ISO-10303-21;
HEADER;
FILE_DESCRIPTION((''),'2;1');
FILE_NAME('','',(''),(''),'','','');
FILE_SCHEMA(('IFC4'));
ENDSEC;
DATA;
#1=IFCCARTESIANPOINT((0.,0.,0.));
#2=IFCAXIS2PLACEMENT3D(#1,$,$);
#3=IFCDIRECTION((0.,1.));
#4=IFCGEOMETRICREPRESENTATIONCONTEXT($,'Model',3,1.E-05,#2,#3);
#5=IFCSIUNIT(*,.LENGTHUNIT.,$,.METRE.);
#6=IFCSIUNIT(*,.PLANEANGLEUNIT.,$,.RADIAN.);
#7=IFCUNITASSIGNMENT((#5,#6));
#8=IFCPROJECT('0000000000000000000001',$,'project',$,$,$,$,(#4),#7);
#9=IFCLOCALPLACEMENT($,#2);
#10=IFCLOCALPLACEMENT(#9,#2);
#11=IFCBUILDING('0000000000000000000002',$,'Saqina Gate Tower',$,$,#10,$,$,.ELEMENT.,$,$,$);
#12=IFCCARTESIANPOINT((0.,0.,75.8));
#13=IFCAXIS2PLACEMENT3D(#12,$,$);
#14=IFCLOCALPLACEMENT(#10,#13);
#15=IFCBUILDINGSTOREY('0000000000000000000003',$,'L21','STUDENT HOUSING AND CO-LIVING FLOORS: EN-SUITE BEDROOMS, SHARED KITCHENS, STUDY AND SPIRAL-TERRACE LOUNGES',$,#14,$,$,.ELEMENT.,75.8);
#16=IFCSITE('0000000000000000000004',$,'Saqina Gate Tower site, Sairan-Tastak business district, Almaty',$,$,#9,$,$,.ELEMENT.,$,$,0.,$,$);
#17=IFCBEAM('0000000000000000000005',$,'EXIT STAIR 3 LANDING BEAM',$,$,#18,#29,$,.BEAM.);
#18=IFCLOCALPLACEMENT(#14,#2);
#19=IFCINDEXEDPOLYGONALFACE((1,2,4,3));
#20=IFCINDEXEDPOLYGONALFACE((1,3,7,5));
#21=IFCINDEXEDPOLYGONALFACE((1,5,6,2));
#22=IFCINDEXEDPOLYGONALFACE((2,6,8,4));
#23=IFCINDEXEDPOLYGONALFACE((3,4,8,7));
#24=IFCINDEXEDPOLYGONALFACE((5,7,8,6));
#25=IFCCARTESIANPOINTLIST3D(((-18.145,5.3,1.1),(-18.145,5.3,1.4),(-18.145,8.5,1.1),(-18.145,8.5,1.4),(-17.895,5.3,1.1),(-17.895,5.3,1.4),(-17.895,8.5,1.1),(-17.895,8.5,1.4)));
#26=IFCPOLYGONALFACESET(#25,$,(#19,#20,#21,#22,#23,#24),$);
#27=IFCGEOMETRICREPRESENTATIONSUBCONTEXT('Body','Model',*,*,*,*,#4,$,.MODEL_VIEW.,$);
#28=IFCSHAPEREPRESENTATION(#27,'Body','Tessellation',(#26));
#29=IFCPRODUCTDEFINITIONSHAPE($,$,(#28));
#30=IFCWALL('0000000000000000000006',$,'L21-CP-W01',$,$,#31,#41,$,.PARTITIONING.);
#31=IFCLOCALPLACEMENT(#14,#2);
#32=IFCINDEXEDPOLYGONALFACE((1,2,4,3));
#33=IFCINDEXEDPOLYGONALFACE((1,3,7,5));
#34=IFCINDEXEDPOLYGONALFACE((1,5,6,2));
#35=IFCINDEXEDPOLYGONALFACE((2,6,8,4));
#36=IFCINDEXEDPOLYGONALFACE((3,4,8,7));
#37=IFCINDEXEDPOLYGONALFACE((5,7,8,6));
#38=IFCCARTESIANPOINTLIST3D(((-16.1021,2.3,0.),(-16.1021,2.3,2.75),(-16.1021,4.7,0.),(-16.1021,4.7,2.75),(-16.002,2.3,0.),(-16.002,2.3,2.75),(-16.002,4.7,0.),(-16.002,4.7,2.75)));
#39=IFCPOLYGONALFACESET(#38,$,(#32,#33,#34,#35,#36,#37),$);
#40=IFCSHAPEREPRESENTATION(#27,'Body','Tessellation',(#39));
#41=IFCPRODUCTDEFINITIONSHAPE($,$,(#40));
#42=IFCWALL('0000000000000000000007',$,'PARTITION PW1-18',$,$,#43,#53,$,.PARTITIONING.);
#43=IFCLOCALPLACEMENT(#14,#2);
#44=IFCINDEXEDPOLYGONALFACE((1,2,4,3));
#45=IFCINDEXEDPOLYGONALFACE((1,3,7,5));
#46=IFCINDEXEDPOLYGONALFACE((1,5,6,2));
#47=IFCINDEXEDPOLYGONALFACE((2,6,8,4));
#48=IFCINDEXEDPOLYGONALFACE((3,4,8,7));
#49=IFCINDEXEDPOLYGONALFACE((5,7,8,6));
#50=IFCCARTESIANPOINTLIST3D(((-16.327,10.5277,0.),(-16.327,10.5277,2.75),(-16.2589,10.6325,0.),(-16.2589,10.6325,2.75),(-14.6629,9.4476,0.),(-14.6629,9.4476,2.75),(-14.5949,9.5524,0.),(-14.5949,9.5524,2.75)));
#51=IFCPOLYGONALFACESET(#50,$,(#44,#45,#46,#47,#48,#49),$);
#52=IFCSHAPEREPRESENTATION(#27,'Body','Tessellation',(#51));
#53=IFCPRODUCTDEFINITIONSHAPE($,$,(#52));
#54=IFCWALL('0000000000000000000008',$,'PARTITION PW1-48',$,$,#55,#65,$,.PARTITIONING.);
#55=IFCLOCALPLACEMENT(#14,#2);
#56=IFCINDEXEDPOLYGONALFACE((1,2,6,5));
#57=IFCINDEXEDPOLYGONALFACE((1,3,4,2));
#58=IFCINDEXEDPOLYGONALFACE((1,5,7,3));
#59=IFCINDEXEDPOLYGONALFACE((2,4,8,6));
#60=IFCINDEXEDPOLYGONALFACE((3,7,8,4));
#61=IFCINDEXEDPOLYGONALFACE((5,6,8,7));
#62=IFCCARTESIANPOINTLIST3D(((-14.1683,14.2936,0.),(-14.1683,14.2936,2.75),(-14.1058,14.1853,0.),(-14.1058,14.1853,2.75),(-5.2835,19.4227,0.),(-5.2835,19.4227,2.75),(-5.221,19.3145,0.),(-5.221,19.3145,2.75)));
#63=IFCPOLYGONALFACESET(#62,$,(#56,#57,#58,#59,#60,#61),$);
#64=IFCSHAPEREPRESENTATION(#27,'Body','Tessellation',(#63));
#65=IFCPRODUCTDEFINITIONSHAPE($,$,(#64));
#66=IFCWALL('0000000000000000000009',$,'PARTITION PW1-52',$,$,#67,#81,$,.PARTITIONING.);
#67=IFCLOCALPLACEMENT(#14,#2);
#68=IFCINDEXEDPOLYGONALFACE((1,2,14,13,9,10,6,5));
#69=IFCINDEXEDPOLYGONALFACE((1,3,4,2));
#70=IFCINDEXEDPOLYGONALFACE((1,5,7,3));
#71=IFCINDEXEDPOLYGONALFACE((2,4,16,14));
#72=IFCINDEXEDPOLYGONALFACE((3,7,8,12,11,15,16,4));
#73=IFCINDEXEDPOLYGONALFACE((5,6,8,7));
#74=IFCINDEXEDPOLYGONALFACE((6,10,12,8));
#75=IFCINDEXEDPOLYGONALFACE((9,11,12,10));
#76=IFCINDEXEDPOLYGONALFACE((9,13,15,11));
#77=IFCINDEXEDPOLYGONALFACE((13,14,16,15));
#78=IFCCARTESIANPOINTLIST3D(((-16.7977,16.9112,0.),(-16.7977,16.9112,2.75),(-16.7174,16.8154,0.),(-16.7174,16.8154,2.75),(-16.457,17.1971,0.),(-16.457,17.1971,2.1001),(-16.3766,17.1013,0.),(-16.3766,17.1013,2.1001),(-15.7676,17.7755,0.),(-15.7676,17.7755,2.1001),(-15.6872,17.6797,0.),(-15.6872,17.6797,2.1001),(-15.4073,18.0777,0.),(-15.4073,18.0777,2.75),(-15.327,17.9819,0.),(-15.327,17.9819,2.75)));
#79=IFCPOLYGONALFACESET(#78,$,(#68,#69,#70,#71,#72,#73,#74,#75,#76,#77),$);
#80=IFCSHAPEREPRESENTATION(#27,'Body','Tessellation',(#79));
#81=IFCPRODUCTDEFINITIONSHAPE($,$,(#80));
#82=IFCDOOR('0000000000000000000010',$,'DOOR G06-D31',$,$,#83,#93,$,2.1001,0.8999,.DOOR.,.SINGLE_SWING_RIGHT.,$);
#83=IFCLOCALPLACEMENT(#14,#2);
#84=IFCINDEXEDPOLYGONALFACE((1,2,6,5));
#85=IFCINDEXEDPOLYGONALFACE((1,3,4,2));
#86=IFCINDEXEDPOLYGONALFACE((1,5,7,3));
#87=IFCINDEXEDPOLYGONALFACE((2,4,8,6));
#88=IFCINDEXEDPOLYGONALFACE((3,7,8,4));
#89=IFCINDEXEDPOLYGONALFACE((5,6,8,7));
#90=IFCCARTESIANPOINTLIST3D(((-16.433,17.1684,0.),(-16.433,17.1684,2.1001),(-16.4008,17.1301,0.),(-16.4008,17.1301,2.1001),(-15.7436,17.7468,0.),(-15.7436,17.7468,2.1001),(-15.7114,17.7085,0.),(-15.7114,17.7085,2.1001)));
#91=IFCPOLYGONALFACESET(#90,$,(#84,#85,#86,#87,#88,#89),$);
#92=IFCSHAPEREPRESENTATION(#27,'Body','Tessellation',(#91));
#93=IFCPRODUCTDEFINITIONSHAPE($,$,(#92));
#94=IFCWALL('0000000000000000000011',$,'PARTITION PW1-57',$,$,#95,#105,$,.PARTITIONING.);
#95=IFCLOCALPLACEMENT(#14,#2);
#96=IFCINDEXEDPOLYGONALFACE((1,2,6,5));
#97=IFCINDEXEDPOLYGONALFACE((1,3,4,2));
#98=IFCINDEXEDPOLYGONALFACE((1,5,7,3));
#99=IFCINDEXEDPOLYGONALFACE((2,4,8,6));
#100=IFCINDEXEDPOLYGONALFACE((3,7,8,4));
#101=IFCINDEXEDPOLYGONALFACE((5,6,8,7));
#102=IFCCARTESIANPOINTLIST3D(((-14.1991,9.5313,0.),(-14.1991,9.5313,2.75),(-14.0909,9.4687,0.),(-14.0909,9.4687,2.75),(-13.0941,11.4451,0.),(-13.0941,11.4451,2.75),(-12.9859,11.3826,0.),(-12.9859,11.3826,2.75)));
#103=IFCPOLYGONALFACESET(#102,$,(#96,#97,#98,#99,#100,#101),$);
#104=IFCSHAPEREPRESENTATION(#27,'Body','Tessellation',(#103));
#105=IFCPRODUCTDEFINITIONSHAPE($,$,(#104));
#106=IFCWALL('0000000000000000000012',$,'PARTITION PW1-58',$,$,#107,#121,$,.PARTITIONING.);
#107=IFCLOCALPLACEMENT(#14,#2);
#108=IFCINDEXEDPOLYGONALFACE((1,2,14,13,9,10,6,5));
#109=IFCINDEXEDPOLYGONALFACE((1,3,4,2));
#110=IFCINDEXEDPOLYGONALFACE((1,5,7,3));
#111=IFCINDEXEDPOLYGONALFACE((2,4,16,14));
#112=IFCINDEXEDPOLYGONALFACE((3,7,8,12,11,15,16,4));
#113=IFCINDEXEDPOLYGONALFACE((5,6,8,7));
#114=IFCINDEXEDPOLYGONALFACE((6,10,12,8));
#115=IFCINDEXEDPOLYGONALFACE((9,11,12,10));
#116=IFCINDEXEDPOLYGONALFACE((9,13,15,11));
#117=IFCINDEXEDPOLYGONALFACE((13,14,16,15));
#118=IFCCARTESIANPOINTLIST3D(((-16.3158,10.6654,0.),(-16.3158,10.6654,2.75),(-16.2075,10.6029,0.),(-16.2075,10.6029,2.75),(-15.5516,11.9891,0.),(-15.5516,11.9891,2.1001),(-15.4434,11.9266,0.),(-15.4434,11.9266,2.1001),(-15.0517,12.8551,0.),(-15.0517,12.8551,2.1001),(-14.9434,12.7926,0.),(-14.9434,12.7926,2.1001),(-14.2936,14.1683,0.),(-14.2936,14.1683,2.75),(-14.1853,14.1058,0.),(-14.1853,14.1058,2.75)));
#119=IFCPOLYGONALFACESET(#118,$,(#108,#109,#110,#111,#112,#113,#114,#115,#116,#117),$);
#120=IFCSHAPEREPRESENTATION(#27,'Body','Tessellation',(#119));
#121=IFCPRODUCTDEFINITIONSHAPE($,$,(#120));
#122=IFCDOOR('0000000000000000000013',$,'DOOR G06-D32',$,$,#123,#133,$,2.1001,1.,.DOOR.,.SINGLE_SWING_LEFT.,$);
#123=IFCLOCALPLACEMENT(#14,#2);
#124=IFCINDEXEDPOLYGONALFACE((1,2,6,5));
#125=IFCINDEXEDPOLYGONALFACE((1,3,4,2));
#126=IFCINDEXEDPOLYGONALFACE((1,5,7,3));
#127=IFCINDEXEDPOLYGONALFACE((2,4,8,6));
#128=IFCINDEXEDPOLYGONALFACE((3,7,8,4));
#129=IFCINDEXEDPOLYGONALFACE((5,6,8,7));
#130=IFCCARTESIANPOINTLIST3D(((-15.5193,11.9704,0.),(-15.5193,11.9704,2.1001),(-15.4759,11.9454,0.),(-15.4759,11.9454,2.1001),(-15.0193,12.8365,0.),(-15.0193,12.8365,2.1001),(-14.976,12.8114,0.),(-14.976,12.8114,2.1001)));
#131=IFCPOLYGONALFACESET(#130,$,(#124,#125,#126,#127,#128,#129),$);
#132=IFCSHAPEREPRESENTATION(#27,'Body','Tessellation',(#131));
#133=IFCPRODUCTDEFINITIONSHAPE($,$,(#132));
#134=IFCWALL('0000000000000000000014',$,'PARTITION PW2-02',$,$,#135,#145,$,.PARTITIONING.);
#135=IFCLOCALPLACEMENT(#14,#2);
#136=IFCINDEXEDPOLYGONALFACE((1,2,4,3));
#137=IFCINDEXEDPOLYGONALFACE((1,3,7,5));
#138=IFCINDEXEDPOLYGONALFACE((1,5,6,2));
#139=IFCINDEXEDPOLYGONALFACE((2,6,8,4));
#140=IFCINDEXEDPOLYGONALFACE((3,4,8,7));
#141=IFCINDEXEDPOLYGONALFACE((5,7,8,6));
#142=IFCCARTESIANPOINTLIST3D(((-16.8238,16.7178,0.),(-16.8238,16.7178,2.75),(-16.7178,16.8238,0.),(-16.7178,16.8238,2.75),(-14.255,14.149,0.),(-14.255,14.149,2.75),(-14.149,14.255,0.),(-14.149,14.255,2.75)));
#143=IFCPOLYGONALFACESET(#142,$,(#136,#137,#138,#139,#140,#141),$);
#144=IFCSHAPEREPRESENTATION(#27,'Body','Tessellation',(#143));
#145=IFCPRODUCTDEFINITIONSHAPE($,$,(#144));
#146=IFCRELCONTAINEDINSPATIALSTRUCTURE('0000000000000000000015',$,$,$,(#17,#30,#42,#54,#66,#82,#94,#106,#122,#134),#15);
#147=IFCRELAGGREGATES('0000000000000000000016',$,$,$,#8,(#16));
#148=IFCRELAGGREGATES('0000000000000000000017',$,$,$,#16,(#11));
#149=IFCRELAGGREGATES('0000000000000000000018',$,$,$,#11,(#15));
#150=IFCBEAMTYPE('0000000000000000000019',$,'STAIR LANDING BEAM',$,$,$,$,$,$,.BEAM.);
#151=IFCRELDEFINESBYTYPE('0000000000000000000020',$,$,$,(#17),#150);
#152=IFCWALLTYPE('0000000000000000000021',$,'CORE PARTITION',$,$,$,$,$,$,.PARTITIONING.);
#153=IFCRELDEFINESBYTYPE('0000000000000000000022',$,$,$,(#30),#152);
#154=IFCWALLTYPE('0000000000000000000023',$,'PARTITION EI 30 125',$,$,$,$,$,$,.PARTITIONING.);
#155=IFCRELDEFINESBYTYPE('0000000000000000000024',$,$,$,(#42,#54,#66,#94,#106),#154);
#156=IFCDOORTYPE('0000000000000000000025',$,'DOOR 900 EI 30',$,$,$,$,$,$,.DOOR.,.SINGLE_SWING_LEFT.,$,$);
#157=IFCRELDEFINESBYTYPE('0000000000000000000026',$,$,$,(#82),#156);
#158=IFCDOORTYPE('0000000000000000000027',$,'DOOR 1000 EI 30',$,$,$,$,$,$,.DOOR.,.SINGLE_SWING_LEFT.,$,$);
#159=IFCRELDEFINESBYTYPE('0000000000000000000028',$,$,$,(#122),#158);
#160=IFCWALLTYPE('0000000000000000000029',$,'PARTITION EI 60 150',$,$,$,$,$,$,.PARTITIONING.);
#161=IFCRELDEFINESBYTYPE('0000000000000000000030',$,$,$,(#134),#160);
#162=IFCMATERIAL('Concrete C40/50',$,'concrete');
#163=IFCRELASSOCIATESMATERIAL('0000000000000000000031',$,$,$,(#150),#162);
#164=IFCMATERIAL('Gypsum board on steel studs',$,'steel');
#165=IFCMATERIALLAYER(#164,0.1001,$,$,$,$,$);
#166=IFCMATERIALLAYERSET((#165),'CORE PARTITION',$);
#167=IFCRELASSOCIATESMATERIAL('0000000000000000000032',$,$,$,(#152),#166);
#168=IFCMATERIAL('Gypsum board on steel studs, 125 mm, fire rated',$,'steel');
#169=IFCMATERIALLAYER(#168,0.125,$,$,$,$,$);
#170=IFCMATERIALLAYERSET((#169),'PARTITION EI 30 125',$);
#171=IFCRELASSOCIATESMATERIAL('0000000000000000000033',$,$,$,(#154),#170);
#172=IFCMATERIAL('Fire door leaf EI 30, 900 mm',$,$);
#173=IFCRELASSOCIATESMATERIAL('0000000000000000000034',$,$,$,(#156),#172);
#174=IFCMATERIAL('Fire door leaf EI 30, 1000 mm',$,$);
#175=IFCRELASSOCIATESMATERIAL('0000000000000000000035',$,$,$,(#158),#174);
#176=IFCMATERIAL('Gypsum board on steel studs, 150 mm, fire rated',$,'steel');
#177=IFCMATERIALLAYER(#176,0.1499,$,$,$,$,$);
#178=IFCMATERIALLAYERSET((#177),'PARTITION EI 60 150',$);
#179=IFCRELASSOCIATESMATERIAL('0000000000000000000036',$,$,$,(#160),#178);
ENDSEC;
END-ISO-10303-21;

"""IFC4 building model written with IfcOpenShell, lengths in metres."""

from ifc_helpers import new_model, si_unit, direction, frame, frame_2d, origin, origin_2d, place, context, subcontext, project, spatial, rectangle, extrude, material, layer, layer_set, material_profile, profile_set, type_object, element, fill, save


model = new_model("IFC4")

# Units and contexts
model_context = context("Model", 3, precision=1e-05, world=origin(), true_north=direction((0.0, 1.0)))
body_context = subcontext(model_context, "Body", "Model", "MODEL_VIEW")
ifc_project = project(units=[si_unit("LENGTHUNIT", "METRE"), si_unit("PLANEANGLEUNIT", "RADIAN")], contexts=[model_context])

# Site, building, storey
site_placement = place(None, origin())
site = spatial("IfcSite", under=ifc_project, at=site_placement, Name="Saqina Gate Tower site, Sairan-Tastak business district, Almaty", CompositionType="ELEMENT", RefElevation=0.0)
building_placement = place(site_placement, origin())
building = spatial("IfcBuilding", under=site, at=building_placement, Name="Saqina Gate Tower", CompositionType="ELEMENT")
storey_placement = place(building_placement, frame((0.0, 0.0, 75.8)))
storey = spatial("IfcBuildingStorey", under=building, at=storey_placement, Name="L21", Description="STUDENT HOUSING AND CO-LIVING FLOORS: EN-SUITE BEDROOMS, SHARED KITCHENS, STUDY AND SPIRAL-TERRACE LOUNGES", CompositionType="ELEMENT", Elevation=75.8)

# Beam
ifc_material_1 = material(Name="Concrete C40/50", Category="concrete")
ifc_material_profile = material_profile(ifc_material_1, rectangle(XDim=0.25, YDim=0.3, at=origin_2d()), Name="STAIR LANDING BEAM")
ifc_profile_set = profile_set([ifc_material_profile], Name="Concrete C40/50")
beam_type = type_object("IfcBeamType", Name="STAIR LANDING BEAM", PredefinedType="BEAM", material=ifc_profile_set)
beam_placement = place(storey_placement, frame((-18.02, 5.3, 1.25), z_axis=(0.0, 1.0, 0.0), x_axis=(-1.0, 0.0, 0.0)))
element("IfcBeam", 1, at=beam_placement, inside=storey, type_object=beam_type, Name="EXIT STAIR 3 LANDING BEAM", PredefinedType="BEAM", context=body_context, shape_type="SweptSolid", body=[
    extrude(rectangle(XDim=0.25, YDim=0.3, at=origin_2d()), origin(), (0.0, 0.0, 1.0), 3.2),
])

# Walls
ifc_material_2 = material(Name="Gypsum board on steel studs", Category="steel")
ifc_layer_1 = layer(ifc_material_2, 0.1001)
ifc_layer_set_1 = layer_set([ifc_layer_1], Name="CORE PARTITION")
wall_type_1 = type_object("IfcWallType", Name="CORE PARTITION", PredefinedType="PARTITIONING", material=ifc_layer_set_1)
wall_1_placement = place(storey_placement, frame((-16.052, 2.3, 0.0), z_axis=(0.0, 0.0, 1.0), x_axis=(0.0, 1.0, 0.0)))
element("IfcWall", 2, at=wall_1_placement, inside=storey, type_object=wall_type_1, Name="L21-CP-W01", PredefinedType="PARTITIONING", context=body_context, shape_type="SweptSolid", body=[
    extrude(rectangle(XDim=2.3999, YDim=0.1001, at=frame_2d((1.2, 0.0))), origin(), (0.0, 0.0, 1.0), 2.75),
])
ifc_material_3 = material(Name="Gypsum board on steel studs, 125 mm, fire rated", Category="steel")
ifc_layer_2 = layer(ifc_material_3, 0.125)
ifc_layer_set_2 = layer_set([ifc_layer_2], Name="PARTITION EI 30 125")
wall_type_2 = type_object("IfcWallType", Name="PARTITION EI 30 125", PredefinedType="PARTITIONING", material=ifc_layer_set_2)
wall_2_placement = place(storey_placement, frame((-16.293, 10.5801, 0.0), z_axis=(0.0, 0.0, 1.0), x_axis=(0.838803, -0.544435, 0.0)))
element("IfcWall", 3, at=wall_2_placement, inside=storey, type_object=wall_type_2, Name="PARTITION PW1-18", PredefinedType="PARTITIONING", context=body_context, shape_type="SweptSolid", body=[
    extrude(rectangle(XDim=1.9839, YDim=0.125, at=frame_2d((0.9919, 0.0))), origin(), (0.0, 0.0, 1.0), 2.75),
])
wall_3_placement = place(storey_placement, frame((-14.137, 14.2395, 0.0), z_axis=(0.0, 0.0, 1.0), x_axis=(0.866045, 0.499966, 0.0)))
element("IfcWall", 4, at=wall_3_placement, inside=storey, type_object=wall_type_2, Name="PARTITION PW1-48", PredefinedType="PARTITIONING", context=body_context, shape_type="SweptSolid", body=[
    extrude(rectangle(XDim=10.259, YDim=0.125, at=frame_2d((5.1294, 0.0))), origin(), (0.0, 0.0, 1.0), 2.75),
])

# Wall, opening, door
wall_4_placement = place(storey_placement, frame((-16.7576, 16.8633, 0.0), z_axis=(0.0, 0.0, 1.0), x_axis=(0.766089, 0.642735, 0.0)))
wall_4 = element("IfcWall", 5, at=wall_4_placement, inside=storey, type_object=wall_type_2, Name="PARTITION PW1-52", PredefinedType="PARTITIONING", context=body_context, shape_type="SweptSolid", body=[
    extrude(rectangle(XDim=1.8149, YDim=0.125, at=frame_2d((0.9075, 0.0))), origin(), (0.0, 0.0, 1.0), 2.75),
])
opening_1_placement = place(wall_4_placement, frame((0.4448, 0.0, 0.0)))
opening_1 = element("IfcOpeningElement", 6, at=opening_1_placement, cuts=wall_4, PredefinedType="OPENING", context=body_context, shape_type="SweptSolid", body=[
    extrude(rectangle(XDim=0.8999, YDim=2.1001, at=frame_2d((0.45, 1.05))), frame((0.0, 0.0745, 0.0), z_axis=(0.0, -1.0, 0.0), x_axis=(1.0, 0.0, 0.0)), (0.0, 0.0, 1.0), 0.1489),
])
ifc_material_4 = material(Name="Fire door leaf EI 30, 900 mm")
door_type_1 = type_object("IfcDoorType", Name="DOOR 900 EI 30", OperationType="SINGLE_SWING_LEFT", PredefinedType="DOOR", material=ifc_material_4)
door_1_placement = place(opening_1_placement, frame((0.8999, 0.0, 0.0), z_axis=(0.0, 0.0, 1.0), x_axis=(-1.0, 0.0, 0.0)))
door_1 = element("IfcDoor", 7, at=door_1_placement, inside=storey, type_object=door_type_1, Name="DOOR G06-D31", OperationType="SINGLE_SWING_RIGHT", OverallHeight=2.1001, OverallWidth=0.8999, PredefinedType="DOOR", context=body_context, shape_type="SweptSolid", body=[
    extrude(rectangle(XDim=0.8999, YDim=2.1001, at=frame_2d((0.45, 1.05))), frame((0.0, 0.0249, 0.0), z_axis=(0.0, -1.0, 0.0), x_axis=(1.0, 0.0, 0.0)), (0.0, 0.0, 1.0), 0.05),
])
fill(opening_1, door_1)

# Wall
wall_5_placement = place(storey_placement, frame((-14.145, 9.5, 0.0), z_axis=(0.0, 0.0, 1.0), x_axis=(0.500013, 0.866018, 0.0)))
element("IfcWall", 8, at=wall_5_placement, inside=storey, type_object=wall_type_2, Name="PARTITION PW1-57", PredefinedType="PARTITIONING", context=body_context, shape_type="SweptSolid", body=[
    extrude(rectangle(XDim=2.21, YDim=0.125, at=frame_2d((1.105, 0.0))), origin(), (0.0, 0.0, 1.0), 2.75),
])

# Wall, opening, door
wall_6_placement = place(storey_placement, frame((-16.2617, 10.634, 0.0), z_axis=(0.0, 0.0, 1.0), x_axis=(0.499963, 0.866047, 0.0)))
wall_6 = element("IfcWall", 9, at=wall_6_placement, inside=storey, type_object=wall_type_2, Name="PARTITION PW1-58", PredefinedType="PARTITIONING", context=body_context, shape_type="SweptSolid", body=[
    extrude(rectangle(XDim=4.0447, YDim=0.125, at=frame_2d((2.0225, 0.0))), origin(), (0.0, 0.0, 1.0), 2.75),
])
opening_2_placement = place(wall_6_placement, frame((1.5286, 0.0, 0.0)))
opening_2 = element("IfcOpeningElement", 10, at=opening_2_placement, cuts=wall_6, PredefinedType="OPENING", context=body_context, shape_type="SweptSolid", body=[
    extrude(rectangle(XDim=1.0, YDim=2.1001, at=frame_2d((0.5, 1.05))), frame((0.0, 0.0745, 0.0), z_axis=(0.0, -1.0, 0.0), x_axis=(1.0, 0.0, 0.0)), (0.0, 0.0, 1.0), 0.1489),
])
ifc_material_5 = material(Name="Fire door leaf EI 30, 1000 mm")
door_type_2 = type_object("IfcDoorType", Name="DOOR 1000 EI 30", OperationType="SINGLE_SWING_LEFT", PredefinedType="DOOR", material=ifc_material_5)
door_2_placement = place(opening_2_placement, frame((1.0, 0.0, 0.0), z_axis=(0.0, 0.0, 1.0), x_axis=(-1.0, 0.0, 0.0)))
door_2 = element("IfcDoor", 11, at=door_2_placement, inside=storey, type_object=door_type_2, Name="DOOR G06-D32", OperationType="SINGLE_SWING_LEFT", OverallHeight=2.1001, OverallWidth=1.0, PredefinedType="DOOR", context=body_context, shape_type="SweptSolid", body=[
    extrude(rectangle(XDim=1.0, YDim=2.1001, at=frame_2d((0.5, 1.05))), frame((0.0, 0.0249, 0.0), z_axis=(0.0, -1.0, 0.0), x_axis=(1.0, 0.0, 0.0)), (0.0, 0.0, 1.0), 0.05),
])
fill(opening_2, door_2)

# Wall
ifc_material_6 = material(Name="Gypsum board on steel studs, 150 mm, fire rated", Category="steel")
ifc_layer_3 = layer(ifc_material_6, 0.1499)
ifc_layer_set_3 = layer_set([ifc_layer_3], Name="PARTITION EI 60 150")
wall_type_3 = type_object("IfcWallType", Name="PARTITION EI 60 150", PredefinedType="PARTITIONING", material=ifc_layer_set_3)
wall_7_placement = place(storey_placement, frame((-16.7708, 16.7708, 0.0), z_axis=(0.0, 0.0, 1.0), x_axis=(0.707107, -0.707107, 0.0)))
element("IfcWall", 12, at=wall_7_placement, inside=storey, type_object=wall_type_3, Name="PARTITION PW2-02", PredefinedType="PARTITIONING", context=body_context, shape_type="SweptSolid", body=[
    extrude(rectangle(XDim=3.6328, YDim=0.1499, at=frame_2d((1.8164, 0.0))), origin(), (0.0, 0.0, 1.0), 2.75),
])

save(model, "model.ifc")
